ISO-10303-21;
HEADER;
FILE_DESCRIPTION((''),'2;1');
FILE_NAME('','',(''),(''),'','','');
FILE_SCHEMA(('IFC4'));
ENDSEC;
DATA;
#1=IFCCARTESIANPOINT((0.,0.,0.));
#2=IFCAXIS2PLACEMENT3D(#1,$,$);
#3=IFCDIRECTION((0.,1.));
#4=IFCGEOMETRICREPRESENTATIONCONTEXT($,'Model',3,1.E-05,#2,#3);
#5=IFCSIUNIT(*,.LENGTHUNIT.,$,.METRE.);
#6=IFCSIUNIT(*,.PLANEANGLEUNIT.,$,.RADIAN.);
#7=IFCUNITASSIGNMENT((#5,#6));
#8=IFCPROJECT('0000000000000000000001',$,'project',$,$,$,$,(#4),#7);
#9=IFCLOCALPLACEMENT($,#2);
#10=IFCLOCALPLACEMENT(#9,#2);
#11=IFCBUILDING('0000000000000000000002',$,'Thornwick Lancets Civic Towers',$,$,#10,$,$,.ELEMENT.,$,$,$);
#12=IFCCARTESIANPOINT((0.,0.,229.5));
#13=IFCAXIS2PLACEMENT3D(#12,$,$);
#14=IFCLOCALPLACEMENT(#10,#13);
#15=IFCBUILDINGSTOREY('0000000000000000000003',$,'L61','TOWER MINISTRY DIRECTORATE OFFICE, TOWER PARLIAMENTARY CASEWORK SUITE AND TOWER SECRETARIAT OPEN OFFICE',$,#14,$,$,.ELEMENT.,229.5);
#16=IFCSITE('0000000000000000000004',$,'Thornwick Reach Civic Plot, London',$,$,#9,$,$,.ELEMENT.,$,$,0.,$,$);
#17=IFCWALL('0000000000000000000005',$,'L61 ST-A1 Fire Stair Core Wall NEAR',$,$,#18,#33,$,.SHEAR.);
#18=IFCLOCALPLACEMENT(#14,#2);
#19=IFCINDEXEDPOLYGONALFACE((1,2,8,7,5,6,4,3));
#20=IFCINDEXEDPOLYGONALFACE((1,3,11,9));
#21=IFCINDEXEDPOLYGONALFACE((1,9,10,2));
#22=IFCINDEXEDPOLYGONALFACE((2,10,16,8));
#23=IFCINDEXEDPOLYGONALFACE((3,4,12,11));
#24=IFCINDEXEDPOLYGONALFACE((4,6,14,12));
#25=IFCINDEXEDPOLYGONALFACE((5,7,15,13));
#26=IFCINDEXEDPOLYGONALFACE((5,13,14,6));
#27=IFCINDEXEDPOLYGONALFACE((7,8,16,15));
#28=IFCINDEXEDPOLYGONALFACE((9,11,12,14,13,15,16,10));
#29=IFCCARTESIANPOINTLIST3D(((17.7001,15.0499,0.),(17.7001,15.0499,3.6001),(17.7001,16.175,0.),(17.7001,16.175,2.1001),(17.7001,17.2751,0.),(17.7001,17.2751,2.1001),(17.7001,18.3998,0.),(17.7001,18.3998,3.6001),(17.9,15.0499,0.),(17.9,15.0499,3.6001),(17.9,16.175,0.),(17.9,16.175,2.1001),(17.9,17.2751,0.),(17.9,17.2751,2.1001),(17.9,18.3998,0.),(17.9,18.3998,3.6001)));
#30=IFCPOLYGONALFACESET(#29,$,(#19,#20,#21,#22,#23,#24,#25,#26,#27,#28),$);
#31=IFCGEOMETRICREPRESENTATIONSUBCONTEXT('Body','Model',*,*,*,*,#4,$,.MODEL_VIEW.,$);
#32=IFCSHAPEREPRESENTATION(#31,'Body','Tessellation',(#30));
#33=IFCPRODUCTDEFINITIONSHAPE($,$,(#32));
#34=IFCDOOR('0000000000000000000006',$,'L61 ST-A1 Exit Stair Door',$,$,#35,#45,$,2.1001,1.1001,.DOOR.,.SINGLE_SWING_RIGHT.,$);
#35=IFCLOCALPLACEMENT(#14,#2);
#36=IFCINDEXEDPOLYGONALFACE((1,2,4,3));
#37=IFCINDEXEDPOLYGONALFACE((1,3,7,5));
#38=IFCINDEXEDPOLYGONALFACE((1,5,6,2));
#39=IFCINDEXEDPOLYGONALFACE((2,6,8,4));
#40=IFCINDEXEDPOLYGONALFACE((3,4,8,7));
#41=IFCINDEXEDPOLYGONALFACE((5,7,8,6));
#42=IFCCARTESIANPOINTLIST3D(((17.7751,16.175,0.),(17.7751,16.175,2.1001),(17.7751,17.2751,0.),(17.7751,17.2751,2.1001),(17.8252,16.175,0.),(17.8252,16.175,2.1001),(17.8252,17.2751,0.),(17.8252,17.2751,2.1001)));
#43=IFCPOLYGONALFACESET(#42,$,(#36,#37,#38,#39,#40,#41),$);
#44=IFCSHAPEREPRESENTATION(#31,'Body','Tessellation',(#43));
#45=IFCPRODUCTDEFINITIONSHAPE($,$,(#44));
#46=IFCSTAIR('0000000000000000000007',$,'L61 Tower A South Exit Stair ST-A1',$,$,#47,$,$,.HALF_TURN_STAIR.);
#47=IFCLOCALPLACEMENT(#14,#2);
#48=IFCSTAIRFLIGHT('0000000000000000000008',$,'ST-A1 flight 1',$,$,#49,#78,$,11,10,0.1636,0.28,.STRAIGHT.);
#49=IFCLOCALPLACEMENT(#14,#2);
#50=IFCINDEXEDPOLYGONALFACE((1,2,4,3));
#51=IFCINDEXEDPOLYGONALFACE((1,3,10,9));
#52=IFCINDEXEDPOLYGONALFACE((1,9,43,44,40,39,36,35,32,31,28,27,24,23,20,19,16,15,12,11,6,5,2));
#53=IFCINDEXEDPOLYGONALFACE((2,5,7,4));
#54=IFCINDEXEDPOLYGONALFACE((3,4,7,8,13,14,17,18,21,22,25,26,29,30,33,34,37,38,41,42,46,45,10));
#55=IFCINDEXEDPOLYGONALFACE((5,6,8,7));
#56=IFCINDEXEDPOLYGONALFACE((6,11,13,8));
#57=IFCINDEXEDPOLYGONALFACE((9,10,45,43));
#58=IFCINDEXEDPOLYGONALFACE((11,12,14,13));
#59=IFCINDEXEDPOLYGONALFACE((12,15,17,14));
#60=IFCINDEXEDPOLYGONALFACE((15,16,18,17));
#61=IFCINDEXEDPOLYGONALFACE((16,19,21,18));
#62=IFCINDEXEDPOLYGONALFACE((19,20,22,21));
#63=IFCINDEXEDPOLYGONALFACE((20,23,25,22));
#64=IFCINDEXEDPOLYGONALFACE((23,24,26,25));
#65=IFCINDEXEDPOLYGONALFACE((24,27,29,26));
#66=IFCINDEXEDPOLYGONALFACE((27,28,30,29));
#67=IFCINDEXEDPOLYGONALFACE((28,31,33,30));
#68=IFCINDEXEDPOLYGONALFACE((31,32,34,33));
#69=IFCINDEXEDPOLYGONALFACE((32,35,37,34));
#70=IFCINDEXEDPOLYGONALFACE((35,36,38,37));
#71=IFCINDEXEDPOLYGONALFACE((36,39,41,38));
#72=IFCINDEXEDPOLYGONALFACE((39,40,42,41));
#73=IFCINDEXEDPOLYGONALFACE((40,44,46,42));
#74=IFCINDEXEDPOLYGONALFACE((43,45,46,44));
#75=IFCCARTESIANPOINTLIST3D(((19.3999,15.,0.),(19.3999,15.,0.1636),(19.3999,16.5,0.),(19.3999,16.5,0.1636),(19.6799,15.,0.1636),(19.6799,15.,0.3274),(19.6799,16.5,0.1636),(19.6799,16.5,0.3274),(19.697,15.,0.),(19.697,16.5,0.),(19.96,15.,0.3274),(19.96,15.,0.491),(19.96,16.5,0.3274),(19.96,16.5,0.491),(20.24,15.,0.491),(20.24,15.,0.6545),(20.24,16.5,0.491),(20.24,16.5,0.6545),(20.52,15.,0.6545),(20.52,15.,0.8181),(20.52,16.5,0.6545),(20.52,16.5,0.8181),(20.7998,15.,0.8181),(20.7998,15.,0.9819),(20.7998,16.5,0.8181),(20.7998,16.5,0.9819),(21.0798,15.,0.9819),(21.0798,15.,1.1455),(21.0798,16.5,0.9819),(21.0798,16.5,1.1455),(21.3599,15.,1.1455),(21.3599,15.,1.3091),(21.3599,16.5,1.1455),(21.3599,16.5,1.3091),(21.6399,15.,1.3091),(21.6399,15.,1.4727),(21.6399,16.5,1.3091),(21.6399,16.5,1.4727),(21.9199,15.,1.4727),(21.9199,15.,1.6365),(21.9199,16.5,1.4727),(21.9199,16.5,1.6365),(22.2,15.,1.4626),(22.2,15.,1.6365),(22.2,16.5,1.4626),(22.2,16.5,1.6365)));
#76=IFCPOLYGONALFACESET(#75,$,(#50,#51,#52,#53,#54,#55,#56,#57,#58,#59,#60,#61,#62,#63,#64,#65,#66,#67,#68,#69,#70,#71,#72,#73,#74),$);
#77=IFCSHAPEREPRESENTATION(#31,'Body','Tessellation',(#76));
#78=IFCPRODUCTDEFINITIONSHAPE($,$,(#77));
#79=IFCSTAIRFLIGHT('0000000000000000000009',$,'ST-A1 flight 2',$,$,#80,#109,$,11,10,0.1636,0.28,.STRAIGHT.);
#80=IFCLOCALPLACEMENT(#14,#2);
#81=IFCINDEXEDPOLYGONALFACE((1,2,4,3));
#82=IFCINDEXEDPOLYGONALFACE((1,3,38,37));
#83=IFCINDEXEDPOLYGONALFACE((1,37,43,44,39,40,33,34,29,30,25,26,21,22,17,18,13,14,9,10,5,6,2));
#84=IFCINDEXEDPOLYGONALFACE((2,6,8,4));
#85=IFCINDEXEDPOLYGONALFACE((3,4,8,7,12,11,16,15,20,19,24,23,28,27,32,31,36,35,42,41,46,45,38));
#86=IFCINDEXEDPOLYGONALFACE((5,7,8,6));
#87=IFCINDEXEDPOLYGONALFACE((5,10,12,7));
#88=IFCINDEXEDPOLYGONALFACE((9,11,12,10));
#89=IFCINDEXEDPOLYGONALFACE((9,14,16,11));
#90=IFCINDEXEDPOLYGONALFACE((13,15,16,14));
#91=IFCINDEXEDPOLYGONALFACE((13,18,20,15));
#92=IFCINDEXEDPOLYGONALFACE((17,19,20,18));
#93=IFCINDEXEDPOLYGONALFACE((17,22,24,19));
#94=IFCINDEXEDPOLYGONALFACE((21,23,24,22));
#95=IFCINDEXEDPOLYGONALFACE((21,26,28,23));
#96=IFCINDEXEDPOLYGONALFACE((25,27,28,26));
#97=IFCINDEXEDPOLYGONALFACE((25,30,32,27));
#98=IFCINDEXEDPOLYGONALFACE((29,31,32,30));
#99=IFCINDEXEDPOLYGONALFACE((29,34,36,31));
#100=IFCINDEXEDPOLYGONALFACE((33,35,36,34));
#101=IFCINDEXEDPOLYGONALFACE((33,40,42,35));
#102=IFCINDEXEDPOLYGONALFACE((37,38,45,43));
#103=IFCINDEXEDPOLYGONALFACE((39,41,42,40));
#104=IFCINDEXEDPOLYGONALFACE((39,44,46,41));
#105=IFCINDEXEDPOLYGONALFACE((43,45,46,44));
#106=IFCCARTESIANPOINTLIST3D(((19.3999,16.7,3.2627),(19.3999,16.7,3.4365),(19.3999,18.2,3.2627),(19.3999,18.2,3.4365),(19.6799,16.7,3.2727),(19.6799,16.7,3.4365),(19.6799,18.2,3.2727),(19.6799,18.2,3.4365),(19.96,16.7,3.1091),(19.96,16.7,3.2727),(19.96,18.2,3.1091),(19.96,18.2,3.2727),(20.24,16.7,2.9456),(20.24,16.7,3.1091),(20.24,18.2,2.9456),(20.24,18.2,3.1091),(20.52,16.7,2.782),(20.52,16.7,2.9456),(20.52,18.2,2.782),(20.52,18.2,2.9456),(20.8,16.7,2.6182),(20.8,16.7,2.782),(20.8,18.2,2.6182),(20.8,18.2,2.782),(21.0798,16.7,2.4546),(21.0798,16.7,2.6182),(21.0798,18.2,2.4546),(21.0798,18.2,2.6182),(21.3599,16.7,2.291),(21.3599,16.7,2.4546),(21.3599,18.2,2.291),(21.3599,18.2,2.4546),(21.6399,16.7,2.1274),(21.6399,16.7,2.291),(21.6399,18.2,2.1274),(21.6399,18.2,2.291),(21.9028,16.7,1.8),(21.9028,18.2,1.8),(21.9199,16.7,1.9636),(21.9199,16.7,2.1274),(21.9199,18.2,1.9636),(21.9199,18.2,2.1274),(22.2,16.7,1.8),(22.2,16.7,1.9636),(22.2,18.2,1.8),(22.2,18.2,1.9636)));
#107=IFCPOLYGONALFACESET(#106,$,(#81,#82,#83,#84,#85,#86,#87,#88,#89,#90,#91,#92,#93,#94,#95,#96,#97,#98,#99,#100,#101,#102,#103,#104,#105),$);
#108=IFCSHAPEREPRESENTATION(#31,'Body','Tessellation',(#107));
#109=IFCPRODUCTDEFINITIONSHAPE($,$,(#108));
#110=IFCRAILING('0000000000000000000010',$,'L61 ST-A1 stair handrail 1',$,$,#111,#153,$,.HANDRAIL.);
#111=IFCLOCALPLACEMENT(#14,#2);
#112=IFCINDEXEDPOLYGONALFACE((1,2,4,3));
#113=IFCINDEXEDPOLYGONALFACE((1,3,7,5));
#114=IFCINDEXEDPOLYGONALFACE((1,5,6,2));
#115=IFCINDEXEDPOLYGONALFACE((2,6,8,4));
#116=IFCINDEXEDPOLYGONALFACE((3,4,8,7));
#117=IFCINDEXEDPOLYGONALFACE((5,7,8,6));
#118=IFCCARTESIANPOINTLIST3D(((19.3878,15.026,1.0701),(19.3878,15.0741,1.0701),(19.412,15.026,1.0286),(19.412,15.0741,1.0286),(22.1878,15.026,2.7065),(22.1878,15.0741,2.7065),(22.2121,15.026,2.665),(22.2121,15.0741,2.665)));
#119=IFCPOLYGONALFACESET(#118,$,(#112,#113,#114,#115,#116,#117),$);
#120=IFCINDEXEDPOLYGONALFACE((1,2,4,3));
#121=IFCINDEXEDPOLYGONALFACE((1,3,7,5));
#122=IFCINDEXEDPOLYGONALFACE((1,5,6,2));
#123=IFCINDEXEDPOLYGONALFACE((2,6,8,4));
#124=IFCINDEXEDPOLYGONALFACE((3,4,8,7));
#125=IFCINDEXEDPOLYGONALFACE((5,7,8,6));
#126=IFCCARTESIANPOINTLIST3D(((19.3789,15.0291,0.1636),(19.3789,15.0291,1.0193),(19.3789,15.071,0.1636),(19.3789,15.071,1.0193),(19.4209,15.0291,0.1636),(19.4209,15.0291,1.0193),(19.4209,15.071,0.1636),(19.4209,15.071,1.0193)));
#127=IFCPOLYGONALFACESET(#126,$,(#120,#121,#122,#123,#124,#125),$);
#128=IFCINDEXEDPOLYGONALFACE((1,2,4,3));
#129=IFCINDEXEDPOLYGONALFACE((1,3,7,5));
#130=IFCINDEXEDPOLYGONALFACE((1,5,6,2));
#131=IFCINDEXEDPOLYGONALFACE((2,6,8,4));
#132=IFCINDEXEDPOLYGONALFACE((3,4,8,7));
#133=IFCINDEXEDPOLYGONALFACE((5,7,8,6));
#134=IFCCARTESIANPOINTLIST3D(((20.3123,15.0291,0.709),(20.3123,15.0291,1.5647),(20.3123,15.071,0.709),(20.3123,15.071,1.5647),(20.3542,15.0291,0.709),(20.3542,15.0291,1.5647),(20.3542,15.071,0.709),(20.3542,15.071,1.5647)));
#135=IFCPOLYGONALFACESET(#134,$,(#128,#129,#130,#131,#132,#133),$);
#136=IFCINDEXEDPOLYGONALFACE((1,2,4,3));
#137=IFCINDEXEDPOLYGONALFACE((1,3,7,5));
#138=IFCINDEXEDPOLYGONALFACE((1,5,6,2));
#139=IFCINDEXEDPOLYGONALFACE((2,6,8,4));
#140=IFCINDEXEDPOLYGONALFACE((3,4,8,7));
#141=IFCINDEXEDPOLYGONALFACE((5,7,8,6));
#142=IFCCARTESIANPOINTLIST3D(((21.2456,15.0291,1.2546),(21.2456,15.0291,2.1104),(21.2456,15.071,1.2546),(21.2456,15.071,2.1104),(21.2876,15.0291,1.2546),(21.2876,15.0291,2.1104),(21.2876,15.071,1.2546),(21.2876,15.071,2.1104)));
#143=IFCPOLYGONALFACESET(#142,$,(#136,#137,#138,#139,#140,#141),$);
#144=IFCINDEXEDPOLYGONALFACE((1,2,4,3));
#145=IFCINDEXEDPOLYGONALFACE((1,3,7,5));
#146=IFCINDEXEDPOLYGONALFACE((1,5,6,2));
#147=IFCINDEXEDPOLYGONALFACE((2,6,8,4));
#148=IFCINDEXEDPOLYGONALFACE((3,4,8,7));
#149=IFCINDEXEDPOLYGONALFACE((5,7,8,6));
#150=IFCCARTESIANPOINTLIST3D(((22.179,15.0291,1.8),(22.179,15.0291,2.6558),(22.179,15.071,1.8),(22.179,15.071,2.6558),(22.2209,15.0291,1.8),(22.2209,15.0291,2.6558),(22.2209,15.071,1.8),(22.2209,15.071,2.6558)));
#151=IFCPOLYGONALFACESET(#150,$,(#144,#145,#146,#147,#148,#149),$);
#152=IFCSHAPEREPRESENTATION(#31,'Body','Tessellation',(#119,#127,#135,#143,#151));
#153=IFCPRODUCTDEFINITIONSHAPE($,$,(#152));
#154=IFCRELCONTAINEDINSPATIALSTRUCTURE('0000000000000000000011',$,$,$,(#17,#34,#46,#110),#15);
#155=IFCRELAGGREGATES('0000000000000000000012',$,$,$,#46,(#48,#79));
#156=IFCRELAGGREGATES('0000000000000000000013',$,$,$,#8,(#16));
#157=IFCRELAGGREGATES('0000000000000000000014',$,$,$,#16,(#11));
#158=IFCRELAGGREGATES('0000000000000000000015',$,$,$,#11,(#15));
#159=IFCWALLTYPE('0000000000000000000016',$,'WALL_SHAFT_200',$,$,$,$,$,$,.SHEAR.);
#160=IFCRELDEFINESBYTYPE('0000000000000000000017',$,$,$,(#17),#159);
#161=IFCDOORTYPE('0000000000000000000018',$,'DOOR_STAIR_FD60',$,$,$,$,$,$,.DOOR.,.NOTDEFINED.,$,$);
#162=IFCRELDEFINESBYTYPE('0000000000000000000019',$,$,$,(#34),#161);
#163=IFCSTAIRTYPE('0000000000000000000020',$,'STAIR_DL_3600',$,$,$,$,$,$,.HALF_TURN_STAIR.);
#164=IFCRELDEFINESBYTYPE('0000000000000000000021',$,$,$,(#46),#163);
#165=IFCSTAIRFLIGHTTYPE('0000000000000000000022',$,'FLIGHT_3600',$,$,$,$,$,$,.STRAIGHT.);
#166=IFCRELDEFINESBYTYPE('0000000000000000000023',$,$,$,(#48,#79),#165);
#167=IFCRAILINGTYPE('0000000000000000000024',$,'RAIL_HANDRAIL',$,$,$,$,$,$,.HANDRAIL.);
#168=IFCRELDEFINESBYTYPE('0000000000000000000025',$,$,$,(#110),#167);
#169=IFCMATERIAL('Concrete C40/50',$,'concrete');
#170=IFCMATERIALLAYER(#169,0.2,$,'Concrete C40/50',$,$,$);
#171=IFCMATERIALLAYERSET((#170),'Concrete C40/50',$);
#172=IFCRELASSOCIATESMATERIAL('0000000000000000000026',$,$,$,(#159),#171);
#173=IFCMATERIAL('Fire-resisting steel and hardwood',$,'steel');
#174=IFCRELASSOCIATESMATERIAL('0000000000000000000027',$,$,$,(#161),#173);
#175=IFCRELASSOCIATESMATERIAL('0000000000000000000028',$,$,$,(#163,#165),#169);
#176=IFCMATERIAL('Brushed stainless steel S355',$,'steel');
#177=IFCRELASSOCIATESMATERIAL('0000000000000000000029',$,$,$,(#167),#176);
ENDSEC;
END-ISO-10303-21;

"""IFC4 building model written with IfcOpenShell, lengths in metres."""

from ifc_helpers import new_model, si_unit, direction, frame, frame_2d, origin, origin_2d, place, context, subcontext, project, spatial, polyline, rectangle, outline, extrude, material, layer, layer_set, type_object, element, fill, aggregate, save


model = new_model("IFC4")

# Units and contexts
model_context = context("Model", 3, precision=1e-05, world=origin(), true_north=direction((0.0, 1.0)))
body_context = subcontext(model_context, "Body", "Model", "MODEL_VIEW")
ifc_project = project(units=[si_unit("LENGTHUNIT", "METRE"), si_unit("PLANEANGLEUNIT", "RADIAN")], contexts=[model_context])

# Site, building, storey
site_placement = place(None, origin())
site = spatial("IfcSite", under=ifc_project, at=site_placement, Name="Thornwick Reach Civic Plot, London", CompositionType="ELEMENT", RefElevation=0.0)
building_placement = place(site_placement, origin())
building = spatial("IfcBuilding", under=site, at=building_placement, Name="Thornwick Lancets Civic Towers", CompositionType="ELEMENT")
storey_placement = place(building_placement, frame((0.0, 0.0, 229.5)))
storey = spatial("IfcBuildingStorey", under=building, at=storey_placement, Name="L61", Description="TOWER MINISTRY DIRECTORATE OFFICE, TOWER PARLIAMENTARY CASEWORK SUITE AND TOWER SECRETARIAT OPEN OFFICE", CompositionType="ELEMENT", Elevation=229.5)

# Wall, opening, door
ifc_material_1 = material(Name="Concrete C40/50", Category="concrete")
ifc_layer_1 = layer(ifc_material_1, 0.2, Name="Concrete C40/50")
ifc_layer_set_1 = layer_set([ifc_layer_1], Name="Concrete C40/50")
wall_type_1 = type_object("IfcWallType", Name="WALL_SHAFT_200", PredefinedType="SHEAR", material=ifc_layer_set_1)
wall_1_placement = place(storey_placement, frame((17.8, 15.05, 0.0), z_axis=(0.0, 0.0, 1.0), x_axis=(0.0, 1.0, 0.0)))
wall_1 = element("IfcWall", 1, at=wall_1_placement, inside=storey, type_object=wall_type_1, Name="L61 ST-A1 Fire Stair Core Wall NEAR", PredefinedType="SHEAR", context=body_context, shape_type="SweptSolid", body=[
    extrude(rectangle(XDim=3.3499, YDim=0.2, at=frame_2d((1.6748, 0.0))), origin(), (0.0, 0.0, 1.0), 3.6001),
])
opening_1_placement = place(wall_1_placement, frame((1.125, 0.0, 0.0)))
opening_1 = element("IfcOpeningElement", 2, at=opening_1_placement, cuts=wall_1, PredefinedType="OPENING", context=body_context, shape_type="SweptSolid", body=[
    extrude(rectangle(XDim=1.1001, YDim=2.1001, at=frame_2d((0.55, 1.05))), frame((0.0, 0.1099, 0.0), z_axis=(0.0, -1.0, 0.0), x_axis=(1.0, 0.0, 0.0)), (0.0, 0.0, 1.0), 0.22),
])
ifc_material_2 = material(Name="Fire-resisting steel and hardwood", Category="steel")
door_type_1 = type_object("IfcDoorType", Name="DOOR_STAIR_FD60", OperationType="NOTDEFINED", PredefinedType="DOOR", material=ifc_material_2)
door_1_placement = place(opening_1_placement, origin())
door_1 = element("IfcDoor", 3, at=door_1_placement, inside=storey, type_object=door_type_1, Name="L61 ST-A1 Exit Stair Door", OperationType="SINGLE_SWING_RIGHT", OverallHeight=2.1001, OverallWidth=1.1001, PredefinedType="DOOR", context=body_context, shape_type="SweptSolid", body=[
    extrude(rectangle(XDim=1.1001, YDim=2.1001, at=frame_2d((0.55, 1.05))), frame((0.0, 0.0249, 0.0), z_axis=(0.0, -1.0, 0.0), x_axis=(1.0, 0.0, 0.0)), (0.0, 0.0, 1.0), 0.05),
])
fill(opening_1, door_1)

# Stair, stair flights
stair_type = type_object("IfcStairType", Name="STAIR_DL_3600", PredefinedType="HALF_TURN_STAIR", material=ifc_material_1)
stair_placement = place(storey_placement, origin())
stair = element("IfcStair", 4, at=stair_placement, inside=storey, type_object=stair_type, Name="L61 Tower A South Exit Stair ST-A1", PredefinedType="HALF_TURN_STAIR")
stair_flight_type = type_object("IfcStairFlightType", Name="FLIGHT_3600", PredefinedType="STRAIGHT", material=ifc_material_1)
stair_flight_1_placement = place(storey_placement, frame((19.3999, 15.75, 0.0), z_axis=(0.0, 0.0, 1.0), x_axis=(1.0, 0.0, 0.0)))
stair_flight_1 = element("IfcStairFlight", 5, at=stair_flight_1_placement, type_object=stair_flight_type, Name="ST-A1 flight 1", NumberOfRisers=11, NumberOfTreads=10, PredefinedType="STRAIGHT", RiserHeight=0.1636, TreadLength=0.28, context=body_context, shape_type="SweptSolid", body=[
    extrude(outline(polyline([(0.0, 0.0), (0.0, 0.1636), (0.28, 0.1636), (0.28, 0.3274), (0.5601, 0.3274), (0.5601, 0.491), (0.8401, 0.491), (0.8401, 0.6545), (1.1201, 0.6545), (1.1201, 0.8181), (1.3999, 0.8181), (1.3999, 0.9819), (1.6799, 0.9819), (1.6799, 1.1455), (1.96, 1.1455), (1.96, 1.3091), (2.24, 1.3091), (2.24, 1.4727), (2.52, 1.4727), (2.52, 1.6365), (2.8, 1.6365), (2.8, 1.8), (2.8, 1.4626), (0.2971, 0.0), (0.0, 0.0)])), frame((0.0, 0.75, 0.0), z_axis=(0.0, -1.0, 0.0), x_axis=(1.0, 0.0, 0.0)), (0.0, 0.0, 1.0), 1.5),
])
stair_flight_2_placement = place(storey_placement, frame((22.2, 17.45, 1.8), z_axis=(0.0, 0.0, 1.0), x_axis=(-1.0, 0.0, 0.0)))
stair_flight_2 = element("IfcStairFlight", 6, at=stair_flight_2_placement, type_object=stair_flight_type, Name="ST-A1 flight 2", NumberOfRisers=11, NumberOfTreads=10, PredefinedType="STRAIGHT", RiserHeight=0.1636, TreadLength=0.28, context=body_context, shape_type="SweptSolid", body=[
    extrude(outline(polyline([(0.0, 0.0), (0.0, 0.1636), (0.28, 0.1636), (0.28, 0.3274), (0.5601, 0.3274), (0.5601, 0.491), (0.8401, 0.491), (0.8401, 0.6545), (1.1201, 0.6545), (1.1201, 0.8181), (1.3999, 0.8181), (1.3999, 0.9819), (1.6799, 0.9819), (1.6799, 1.1455), (1.96, 1.1455), (1.96, 1.3091), (2.24, 1.3091), (2.24, 1.4727), (2.52, 1.4727), (2.52, 1.6365), (2.8, 1.6365), (2.8, 1.8), (2.8, 1.4626), (0.2971, 0.0), (0.0, 0.0)])), frame((0.0, 0.75, 0.0), z_axis=(0.0, -1.0, 0.0), x_axis=(1.0, 0.0, 0.0)), (0.0, 0.0, 1.0), 1.5),
])
aggregate(stair, [stair_flight_1, stair_flight_2])

# Railing
ifc_material_3 = material(Name="Brushed stainless steel S355", Category="steel")
railing_type_1 = type_object("IfcRailingType", Name="RAIL_HANDRAIL", PredefinedType="HANDRAIL", material=ifc_material_3)
railing_1_placement = place(storey_placement, frame((19.3999, 15.05, 0.1636)))
element("IfcRailing", 7, at=railing_1_placement, inside=storey, type_object=railing_type_1, Name="L61 ST-A1 stair handrail 1", PredefinedType="HANDRAIL", context=body_context, shape_type="SweptSolid", body=[
    extrude(rectangle(XDim=0.0481, YDim=0.0481, at=origin_2d()), frame((0.0, 0.0, 0.8857), z_axis=(0.863361, 0.0, 0.504587), x_axis=(0.0, 1.0, 0.0)), (0.0, 0.0, 1.0), 3.2432),
    extrude(rectangle(XDim=0.042, YDim=0.042, at=origin_2d()), origin(), (0.0, 0.0, 1.0), 0.8557),
    extrude(rectangle(XDim=0.042, YDim=0.042, at=origin_2d()), frame((0.9333, 0.0, 0.5454)), (0.0, 0.0, 1.0), 0.8557),
    extrude(rectangle(XDim=0.042, YDim=0.042, at=origin_2d()), frame((1.8667, 0.0, 1.0911)), (0.0, 0.0, 1.0), 0.8557),
    extrude(rectangle(XDim=0.042, YDim=0.042, at=origin_2d()), frame((2.8, 0.0, 1.6365)), (0.0, 0.0, 1.0), 0.8557),
])

save(model, "model.ifc")
